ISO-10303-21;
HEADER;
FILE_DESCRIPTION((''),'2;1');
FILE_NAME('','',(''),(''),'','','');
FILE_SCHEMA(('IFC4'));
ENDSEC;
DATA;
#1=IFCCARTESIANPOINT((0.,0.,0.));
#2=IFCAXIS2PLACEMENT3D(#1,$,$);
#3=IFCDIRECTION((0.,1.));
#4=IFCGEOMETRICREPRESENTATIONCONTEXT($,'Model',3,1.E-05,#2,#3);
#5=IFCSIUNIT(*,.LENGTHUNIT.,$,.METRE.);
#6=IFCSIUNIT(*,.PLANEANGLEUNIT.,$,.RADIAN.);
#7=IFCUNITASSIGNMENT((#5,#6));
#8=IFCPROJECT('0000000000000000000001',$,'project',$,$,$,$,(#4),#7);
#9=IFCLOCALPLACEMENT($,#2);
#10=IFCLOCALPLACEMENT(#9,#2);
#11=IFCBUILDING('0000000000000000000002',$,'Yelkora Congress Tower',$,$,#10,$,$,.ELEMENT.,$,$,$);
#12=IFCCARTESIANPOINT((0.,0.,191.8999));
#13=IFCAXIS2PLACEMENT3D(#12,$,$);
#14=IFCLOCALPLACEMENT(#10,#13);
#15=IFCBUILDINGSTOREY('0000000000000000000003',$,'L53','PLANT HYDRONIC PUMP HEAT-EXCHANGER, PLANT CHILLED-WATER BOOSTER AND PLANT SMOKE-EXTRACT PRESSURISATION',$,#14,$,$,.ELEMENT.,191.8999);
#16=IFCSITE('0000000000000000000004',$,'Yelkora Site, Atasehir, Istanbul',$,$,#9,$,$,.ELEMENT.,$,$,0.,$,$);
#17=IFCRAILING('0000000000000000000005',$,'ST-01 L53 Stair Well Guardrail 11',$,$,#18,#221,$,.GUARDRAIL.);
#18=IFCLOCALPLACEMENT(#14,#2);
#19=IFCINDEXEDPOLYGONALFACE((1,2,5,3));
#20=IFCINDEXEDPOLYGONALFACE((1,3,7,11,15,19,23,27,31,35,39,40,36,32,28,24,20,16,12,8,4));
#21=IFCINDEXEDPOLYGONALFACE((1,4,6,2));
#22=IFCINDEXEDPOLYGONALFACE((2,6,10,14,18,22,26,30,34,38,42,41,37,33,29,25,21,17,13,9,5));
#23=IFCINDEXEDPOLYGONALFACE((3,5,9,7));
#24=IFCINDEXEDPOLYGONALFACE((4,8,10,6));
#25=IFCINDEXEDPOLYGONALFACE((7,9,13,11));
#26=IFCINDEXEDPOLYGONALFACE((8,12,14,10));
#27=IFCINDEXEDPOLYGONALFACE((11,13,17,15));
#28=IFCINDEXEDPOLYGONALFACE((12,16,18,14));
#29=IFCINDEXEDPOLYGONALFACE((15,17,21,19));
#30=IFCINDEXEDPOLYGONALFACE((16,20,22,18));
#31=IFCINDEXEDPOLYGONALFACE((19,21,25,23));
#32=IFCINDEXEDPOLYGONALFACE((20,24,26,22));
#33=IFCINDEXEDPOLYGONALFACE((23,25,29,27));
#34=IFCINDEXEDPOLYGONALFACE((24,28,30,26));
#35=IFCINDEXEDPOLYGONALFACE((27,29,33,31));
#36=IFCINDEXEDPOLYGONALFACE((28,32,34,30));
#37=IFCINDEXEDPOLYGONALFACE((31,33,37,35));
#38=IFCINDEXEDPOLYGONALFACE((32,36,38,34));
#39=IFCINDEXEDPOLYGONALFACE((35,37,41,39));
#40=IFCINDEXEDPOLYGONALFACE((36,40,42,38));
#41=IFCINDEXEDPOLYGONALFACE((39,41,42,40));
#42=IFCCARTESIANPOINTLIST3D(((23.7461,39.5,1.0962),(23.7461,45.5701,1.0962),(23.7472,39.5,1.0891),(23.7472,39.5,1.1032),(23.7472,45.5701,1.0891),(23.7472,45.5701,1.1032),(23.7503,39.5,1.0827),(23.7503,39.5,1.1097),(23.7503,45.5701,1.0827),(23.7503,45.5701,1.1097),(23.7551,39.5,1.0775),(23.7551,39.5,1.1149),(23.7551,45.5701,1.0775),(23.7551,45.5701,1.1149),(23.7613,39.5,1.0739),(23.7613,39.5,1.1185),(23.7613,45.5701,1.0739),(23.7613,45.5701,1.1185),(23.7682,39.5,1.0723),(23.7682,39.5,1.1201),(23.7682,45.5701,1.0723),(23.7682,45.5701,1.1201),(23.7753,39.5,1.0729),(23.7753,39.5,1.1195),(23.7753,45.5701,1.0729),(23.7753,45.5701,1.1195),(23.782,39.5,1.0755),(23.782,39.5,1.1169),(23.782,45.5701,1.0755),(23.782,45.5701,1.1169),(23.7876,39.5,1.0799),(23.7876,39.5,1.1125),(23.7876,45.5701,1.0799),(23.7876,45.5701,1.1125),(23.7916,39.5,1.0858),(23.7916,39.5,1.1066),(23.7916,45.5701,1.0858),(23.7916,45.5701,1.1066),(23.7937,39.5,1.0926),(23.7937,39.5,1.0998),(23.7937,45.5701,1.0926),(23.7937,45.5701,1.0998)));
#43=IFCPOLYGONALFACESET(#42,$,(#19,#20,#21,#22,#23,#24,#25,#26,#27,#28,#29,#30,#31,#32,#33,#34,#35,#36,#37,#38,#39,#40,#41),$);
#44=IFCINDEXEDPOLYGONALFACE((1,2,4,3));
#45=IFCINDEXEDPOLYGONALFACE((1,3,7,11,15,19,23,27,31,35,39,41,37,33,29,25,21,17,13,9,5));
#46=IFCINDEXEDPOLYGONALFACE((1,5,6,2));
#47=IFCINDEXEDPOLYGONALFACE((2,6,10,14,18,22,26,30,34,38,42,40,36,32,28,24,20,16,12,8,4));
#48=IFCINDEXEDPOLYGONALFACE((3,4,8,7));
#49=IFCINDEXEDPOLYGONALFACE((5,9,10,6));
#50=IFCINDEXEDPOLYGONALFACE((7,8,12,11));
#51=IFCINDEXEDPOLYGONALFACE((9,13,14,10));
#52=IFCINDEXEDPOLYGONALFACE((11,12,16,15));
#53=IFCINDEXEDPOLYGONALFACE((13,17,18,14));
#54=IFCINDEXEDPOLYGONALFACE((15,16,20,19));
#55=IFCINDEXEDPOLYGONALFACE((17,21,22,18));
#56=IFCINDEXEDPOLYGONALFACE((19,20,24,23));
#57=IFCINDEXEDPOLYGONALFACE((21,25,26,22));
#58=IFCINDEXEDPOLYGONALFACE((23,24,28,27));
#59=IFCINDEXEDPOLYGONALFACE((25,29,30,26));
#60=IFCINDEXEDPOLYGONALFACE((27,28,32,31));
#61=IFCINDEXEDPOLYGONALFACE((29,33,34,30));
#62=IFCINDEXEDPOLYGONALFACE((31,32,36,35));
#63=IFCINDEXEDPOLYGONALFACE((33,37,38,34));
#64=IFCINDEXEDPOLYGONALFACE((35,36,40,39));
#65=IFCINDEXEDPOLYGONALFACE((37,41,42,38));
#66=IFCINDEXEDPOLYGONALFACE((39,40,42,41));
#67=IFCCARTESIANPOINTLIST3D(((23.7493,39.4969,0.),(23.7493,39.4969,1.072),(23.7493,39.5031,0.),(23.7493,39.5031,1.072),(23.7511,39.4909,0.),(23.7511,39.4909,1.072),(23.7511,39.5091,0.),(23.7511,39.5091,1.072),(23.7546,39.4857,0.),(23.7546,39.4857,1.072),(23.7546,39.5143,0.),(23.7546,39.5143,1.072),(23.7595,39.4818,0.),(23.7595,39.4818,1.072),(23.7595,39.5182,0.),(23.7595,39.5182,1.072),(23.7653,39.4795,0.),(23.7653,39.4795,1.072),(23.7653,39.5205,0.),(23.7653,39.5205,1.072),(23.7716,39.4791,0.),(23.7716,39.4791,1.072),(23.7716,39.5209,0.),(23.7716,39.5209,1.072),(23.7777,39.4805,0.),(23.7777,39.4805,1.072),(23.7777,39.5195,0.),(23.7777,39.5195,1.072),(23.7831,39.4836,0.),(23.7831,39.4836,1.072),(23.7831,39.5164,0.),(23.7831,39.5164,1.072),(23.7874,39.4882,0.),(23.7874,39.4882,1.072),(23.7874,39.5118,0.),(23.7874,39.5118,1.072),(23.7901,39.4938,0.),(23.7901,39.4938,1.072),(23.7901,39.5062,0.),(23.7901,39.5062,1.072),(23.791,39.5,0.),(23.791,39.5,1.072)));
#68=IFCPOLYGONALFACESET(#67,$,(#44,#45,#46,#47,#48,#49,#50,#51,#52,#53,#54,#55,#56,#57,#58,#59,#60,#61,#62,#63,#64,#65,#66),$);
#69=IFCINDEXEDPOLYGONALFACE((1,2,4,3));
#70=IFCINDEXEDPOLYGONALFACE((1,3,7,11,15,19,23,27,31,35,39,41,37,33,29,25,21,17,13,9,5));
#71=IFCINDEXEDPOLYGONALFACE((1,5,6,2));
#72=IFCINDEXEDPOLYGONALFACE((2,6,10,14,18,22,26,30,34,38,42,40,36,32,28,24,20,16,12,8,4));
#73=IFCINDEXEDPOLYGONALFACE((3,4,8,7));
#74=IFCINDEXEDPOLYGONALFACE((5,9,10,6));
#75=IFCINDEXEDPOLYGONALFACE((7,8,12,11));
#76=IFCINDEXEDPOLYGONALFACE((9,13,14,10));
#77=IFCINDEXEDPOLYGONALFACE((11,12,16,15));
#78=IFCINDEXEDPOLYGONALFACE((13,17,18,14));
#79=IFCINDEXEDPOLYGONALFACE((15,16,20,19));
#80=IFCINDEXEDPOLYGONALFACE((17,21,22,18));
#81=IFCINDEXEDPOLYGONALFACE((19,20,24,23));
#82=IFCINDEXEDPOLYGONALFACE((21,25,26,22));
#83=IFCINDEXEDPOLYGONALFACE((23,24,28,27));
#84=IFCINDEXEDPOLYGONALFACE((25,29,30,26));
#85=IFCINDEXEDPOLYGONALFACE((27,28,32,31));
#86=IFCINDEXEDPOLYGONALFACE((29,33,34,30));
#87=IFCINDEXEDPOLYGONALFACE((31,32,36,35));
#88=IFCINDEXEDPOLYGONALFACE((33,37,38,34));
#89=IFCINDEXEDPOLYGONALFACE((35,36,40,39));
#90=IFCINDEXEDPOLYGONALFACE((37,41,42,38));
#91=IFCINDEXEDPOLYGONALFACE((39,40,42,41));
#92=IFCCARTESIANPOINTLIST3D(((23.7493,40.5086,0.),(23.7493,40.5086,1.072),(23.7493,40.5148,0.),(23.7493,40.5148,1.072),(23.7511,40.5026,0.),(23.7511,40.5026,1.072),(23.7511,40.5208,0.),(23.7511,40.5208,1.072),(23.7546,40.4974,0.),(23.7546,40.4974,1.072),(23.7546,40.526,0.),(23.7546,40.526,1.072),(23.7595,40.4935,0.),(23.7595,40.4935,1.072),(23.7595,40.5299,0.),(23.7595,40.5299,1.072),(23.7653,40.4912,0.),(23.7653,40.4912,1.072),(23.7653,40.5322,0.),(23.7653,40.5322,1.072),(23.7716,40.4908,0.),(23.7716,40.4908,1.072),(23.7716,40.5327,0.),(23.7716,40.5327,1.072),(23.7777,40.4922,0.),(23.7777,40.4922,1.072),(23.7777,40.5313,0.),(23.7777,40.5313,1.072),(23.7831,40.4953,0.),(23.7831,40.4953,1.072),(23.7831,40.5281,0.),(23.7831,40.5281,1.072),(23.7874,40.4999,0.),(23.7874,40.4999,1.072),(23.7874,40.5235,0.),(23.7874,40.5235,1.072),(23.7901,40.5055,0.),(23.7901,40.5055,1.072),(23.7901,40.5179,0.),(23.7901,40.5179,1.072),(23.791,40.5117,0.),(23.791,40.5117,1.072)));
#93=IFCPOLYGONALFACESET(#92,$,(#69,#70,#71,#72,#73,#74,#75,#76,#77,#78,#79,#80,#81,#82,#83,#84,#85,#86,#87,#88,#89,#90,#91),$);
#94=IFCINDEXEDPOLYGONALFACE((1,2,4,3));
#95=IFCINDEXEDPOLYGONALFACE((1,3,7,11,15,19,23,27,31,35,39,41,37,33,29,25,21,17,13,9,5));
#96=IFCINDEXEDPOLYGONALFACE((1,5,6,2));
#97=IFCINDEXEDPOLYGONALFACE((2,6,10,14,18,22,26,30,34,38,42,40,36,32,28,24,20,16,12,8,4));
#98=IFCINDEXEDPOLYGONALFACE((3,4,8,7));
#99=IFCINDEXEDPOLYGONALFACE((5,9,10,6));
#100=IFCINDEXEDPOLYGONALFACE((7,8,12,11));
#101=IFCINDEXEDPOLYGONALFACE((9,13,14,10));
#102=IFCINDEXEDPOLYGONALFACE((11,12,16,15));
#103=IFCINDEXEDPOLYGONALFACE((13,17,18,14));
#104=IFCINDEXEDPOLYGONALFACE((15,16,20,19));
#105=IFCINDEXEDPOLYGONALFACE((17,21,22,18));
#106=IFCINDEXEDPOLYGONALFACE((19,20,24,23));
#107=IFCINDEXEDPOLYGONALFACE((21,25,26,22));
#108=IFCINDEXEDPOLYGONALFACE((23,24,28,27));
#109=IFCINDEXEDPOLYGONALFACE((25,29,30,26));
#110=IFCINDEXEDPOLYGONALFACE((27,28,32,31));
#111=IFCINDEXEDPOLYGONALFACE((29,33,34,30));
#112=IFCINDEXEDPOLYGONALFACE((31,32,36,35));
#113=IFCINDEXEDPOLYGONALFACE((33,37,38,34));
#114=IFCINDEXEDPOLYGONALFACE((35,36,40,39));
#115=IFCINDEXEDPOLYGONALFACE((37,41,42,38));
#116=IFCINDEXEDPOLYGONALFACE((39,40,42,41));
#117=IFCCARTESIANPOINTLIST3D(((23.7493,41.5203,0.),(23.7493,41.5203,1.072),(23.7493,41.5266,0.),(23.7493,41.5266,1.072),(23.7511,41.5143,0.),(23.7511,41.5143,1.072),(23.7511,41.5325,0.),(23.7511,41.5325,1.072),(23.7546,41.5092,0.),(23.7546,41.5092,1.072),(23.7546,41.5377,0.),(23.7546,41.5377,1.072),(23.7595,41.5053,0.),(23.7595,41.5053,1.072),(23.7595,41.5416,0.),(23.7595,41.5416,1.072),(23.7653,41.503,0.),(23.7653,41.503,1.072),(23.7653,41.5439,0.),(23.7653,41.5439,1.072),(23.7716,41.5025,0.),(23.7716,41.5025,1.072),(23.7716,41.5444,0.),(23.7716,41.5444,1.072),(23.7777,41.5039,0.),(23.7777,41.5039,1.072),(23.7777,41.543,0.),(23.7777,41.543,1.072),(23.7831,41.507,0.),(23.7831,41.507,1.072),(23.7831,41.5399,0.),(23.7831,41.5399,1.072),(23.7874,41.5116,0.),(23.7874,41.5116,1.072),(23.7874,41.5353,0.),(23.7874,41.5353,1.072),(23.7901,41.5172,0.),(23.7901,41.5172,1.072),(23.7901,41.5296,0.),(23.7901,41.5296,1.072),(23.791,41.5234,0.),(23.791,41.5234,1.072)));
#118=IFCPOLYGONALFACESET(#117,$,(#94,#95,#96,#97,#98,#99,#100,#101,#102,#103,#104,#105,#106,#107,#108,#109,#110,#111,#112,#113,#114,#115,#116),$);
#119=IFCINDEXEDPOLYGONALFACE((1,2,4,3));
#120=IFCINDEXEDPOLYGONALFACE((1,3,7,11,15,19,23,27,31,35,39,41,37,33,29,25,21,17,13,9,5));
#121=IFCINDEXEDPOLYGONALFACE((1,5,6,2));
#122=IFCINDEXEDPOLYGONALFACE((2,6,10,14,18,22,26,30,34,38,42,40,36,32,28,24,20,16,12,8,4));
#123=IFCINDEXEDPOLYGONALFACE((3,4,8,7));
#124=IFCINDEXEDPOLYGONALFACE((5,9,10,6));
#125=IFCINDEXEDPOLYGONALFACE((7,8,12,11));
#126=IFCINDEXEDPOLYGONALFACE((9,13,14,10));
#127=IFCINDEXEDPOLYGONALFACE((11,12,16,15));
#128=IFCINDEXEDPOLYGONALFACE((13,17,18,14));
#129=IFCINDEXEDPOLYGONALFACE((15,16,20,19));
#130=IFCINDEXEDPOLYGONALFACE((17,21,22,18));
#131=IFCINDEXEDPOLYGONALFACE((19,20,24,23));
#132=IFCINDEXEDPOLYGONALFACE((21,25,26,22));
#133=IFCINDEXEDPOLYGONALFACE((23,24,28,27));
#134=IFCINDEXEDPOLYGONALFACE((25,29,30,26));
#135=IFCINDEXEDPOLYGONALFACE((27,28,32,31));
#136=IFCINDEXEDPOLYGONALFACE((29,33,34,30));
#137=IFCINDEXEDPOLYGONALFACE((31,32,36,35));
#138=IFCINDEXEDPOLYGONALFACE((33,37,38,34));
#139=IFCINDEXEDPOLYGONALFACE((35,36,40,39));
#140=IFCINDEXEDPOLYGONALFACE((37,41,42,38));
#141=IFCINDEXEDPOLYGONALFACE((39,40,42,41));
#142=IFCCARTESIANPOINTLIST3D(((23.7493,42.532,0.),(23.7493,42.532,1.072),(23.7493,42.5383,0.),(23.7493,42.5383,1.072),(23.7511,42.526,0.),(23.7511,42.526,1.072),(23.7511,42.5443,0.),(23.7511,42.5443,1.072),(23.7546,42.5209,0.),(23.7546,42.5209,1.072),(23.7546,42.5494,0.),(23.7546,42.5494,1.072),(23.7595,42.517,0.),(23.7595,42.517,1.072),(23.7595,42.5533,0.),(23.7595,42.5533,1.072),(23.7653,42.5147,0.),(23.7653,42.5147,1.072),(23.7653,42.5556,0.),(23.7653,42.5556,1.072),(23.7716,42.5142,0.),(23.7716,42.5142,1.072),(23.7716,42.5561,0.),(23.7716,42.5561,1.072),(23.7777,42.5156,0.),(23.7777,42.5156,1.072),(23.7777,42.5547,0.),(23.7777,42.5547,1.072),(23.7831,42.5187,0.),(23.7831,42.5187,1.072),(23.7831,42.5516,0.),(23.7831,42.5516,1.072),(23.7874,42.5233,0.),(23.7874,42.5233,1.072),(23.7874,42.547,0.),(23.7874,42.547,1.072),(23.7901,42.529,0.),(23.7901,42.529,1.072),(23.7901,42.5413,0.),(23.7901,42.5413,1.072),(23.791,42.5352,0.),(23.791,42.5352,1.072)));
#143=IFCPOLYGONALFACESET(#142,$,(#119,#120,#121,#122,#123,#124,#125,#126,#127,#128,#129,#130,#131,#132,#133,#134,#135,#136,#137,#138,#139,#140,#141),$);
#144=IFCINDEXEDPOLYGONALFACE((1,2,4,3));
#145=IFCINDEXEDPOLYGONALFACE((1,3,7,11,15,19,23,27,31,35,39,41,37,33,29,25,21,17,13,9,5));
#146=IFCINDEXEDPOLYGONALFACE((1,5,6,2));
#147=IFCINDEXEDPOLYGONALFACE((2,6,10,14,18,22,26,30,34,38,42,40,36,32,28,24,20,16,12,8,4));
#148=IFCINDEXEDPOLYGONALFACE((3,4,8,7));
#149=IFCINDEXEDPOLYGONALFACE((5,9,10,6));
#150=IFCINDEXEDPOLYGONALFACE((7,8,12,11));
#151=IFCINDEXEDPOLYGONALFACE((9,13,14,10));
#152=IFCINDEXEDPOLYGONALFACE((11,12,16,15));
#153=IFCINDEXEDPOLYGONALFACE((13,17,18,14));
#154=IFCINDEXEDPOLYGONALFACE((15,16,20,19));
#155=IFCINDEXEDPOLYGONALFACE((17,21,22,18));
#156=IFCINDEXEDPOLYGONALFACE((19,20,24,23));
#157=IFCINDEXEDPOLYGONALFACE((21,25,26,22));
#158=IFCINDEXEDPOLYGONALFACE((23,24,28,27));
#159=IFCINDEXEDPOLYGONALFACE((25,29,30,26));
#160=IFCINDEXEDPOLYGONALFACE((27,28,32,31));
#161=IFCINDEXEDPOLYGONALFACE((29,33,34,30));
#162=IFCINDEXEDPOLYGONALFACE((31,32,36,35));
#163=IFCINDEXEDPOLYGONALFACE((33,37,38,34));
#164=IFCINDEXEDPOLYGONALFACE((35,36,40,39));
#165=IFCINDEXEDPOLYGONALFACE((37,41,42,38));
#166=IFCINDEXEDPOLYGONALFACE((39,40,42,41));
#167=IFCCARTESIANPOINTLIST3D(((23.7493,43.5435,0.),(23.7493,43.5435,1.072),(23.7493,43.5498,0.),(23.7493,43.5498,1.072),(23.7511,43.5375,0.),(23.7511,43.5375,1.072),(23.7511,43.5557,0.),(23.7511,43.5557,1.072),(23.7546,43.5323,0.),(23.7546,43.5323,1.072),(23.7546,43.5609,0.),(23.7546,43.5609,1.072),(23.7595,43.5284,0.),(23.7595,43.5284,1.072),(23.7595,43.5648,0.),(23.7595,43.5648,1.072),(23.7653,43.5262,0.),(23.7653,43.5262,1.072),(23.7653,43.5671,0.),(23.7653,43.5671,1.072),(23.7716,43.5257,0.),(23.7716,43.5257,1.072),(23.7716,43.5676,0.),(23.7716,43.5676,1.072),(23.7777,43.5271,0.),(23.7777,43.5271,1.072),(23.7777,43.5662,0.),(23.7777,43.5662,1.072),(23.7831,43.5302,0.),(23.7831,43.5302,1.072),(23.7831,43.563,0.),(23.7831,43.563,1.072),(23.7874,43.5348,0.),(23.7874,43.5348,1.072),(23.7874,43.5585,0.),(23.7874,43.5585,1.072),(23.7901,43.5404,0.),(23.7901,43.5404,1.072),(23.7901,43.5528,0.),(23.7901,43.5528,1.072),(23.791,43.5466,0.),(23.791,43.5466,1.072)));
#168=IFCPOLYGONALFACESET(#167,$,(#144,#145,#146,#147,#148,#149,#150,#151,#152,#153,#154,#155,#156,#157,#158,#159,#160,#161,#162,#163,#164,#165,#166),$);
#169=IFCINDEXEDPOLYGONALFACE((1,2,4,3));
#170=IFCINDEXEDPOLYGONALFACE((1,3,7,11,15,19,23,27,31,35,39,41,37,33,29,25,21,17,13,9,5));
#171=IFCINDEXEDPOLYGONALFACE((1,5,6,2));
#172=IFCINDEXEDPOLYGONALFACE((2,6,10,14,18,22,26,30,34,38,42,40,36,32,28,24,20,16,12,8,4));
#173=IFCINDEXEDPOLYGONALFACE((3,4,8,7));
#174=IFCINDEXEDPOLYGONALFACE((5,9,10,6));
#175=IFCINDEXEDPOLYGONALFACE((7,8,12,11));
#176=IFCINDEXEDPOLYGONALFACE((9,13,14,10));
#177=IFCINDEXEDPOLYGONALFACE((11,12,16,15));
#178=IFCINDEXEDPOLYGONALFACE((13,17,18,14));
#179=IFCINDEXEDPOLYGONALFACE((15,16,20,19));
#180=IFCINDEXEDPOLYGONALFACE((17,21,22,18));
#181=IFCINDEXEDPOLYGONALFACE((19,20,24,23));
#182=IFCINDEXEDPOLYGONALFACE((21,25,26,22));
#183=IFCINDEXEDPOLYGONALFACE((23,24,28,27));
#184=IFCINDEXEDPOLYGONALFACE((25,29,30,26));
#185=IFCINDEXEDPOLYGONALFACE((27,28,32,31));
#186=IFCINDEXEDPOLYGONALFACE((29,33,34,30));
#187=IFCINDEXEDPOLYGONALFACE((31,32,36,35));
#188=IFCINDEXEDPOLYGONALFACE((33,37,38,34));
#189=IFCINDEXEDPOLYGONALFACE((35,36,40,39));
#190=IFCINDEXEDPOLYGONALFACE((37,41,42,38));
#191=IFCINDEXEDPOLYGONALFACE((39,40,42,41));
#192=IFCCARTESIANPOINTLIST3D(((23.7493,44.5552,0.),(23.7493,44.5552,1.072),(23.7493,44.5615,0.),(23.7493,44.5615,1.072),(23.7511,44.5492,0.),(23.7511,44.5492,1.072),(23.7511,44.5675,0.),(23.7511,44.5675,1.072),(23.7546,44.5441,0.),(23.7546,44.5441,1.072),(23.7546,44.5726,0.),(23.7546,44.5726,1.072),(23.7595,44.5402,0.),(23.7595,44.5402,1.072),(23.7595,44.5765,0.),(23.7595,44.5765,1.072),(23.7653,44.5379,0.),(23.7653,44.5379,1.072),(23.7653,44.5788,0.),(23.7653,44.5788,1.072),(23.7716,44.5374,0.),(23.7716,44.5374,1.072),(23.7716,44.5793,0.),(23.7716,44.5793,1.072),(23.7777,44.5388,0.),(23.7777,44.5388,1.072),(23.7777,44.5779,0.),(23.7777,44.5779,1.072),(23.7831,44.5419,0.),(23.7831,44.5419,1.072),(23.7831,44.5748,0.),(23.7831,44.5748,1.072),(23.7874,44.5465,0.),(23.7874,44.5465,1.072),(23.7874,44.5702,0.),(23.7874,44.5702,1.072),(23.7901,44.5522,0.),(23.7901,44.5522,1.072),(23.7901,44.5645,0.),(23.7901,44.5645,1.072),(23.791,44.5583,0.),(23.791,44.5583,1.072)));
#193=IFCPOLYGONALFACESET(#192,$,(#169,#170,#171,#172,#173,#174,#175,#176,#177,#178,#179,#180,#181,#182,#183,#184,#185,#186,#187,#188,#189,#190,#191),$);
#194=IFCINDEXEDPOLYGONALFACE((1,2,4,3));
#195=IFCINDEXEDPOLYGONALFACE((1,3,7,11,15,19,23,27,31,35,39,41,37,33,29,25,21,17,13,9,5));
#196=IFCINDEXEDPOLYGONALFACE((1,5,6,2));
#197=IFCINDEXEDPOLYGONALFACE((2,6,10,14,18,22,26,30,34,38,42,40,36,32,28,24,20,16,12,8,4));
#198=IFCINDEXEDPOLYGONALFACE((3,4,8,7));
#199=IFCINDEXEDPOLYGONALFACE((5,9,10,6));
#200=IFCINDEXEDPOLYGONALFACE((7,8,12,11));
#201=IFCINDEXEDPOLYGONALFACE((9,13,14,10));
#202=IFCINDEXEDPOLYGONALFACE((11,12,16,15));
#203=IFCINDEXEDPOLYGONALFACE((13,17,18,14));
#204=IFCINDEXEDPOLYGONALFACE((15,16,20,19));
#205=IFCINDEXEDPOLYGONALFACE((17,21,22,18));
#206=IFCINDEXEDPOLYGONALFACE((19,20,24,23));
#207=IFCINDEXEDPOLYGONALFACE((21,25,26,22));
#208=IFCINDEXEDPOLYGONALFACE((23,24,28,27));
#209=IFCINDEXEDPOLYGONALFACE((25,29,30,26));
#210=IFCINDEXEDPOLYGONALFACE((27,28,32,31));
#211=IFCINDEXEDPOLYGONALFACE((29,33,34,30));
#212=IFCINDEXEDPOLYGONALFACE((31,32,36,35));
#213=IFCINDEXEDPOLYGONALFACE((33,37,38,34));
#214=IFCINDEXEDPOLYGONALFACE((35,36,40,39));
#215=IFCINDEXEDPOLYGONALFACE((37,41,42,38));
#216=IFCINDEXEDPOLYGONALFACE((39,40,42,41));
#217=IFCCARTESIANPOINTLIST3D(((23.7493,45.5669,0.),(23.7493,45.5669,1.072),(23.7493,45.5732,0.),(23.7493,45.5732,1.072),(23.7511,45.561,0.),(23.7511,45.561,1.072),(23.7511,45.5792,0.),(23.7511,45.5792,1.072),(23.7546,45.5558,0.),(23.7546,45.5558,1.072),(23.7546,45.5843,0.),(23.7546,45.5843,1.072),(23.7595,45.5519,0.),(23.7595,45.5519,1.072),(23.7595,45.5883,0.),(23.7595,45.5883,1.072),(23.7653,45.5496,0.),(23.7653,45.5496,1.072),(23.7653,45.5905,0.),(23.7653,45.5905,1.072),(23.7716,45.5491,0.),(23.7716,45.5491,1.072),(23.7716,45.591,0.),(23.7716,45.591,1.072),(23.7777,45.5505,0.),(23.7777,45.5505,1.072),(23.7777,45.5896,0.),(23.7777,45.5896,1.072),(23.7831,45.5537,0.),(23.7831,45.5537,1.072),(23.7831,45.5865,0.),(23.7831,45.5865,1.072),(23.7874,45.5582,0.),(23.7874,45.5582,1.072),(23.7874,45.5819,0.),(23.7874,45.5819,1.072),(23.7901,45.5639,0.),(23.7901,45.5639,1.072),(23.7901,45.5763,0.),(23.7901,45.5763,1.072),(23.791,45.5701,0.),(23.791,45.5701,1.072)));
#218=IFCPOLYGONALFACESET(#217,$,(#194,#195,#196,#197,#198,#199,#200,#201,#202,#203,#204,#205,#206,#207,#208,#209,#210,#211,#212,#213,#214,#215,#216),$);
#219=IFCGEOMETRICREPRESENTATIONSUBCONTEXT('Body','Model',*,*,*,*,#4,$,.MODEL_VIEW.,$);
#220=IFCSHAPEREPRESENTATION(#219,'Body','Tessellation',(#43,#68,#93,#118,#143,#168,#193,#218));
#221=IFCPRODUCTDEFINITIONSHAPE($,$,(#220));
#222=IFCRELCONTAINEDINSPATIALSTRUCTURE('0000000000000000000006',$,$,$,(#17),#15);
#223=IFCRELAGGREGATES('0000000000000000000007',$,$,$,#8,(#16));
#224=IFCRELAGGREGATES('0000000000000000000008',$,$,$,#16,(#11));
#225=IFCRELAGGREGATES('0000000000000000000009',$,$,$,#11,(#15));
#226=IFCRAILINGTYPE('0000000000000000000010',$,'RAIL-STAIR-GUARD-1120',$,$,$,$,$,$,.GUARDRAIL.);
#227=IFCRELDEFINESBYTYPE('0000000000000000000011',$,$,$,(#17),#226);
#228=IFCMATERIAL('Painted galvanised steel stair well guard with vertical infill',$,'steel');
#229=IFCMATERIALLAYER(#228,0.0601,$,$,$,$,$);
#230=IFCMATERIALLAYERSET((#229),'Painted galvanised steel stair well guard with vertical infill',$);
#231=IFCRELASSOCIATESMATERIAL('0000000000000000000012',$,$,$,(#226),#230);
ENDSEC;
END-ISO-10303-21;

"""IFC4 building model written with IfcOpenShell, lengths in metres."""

from ifc_helpers import new_model, si_unit, direction, frame, origin, origin_2d, place, context, subcontext, project, spatial, circle, extrude, material, layer, layer_set, type_object, element, save


model = new_model("IFC4")

# Units and contexts
model_context = context("Model", 3, precision=1e-05, world=origin(), true_north=direction((0.0, 1.0)))
body_context = subcontext(model_context, "Body", "Model", "MODEL_VIEW")
ifc_project = project(units=[si_unit("LENGTHUNIT", "METRE"), si_unit("PLANEANGLEUNIT", "RADIAN")], contexts=[model_context])

# Site, building, storey
site_placement = place(None, origin())
site = spatial("IfcSite", under=ifc_project, at=site_placement, Name="Yelkora Site, Atasehir, Istanbul", CompositionType="ELEMENT", RefElevation=0.0)
building_placement = place(site_placement, origin())
building = spatial("IfcBuilding", under=site, at=building_placement, Name="Yelkora Congress Tower", CompositionType="ELEMENT")
storey_placement = place(building_placement, frame((0.0, 0.0, 191.8999)))
storey = spatial("IfcBuildingStorey", under=building, at=storey_placement, Name="L53", Description="PLANT HYDRONIC PUMP HEAT-EXCHANGER, PLANT CHILLED-WATER BOOSTER AND PLANT SMOKE-EXTRACT PRESSURISATION", CompositionType="ELEMENT", Elevation=191.8999)

# Railing
ifc_material_1 = material(Name="Painted galvanised steel stair well guard with vertical infill", Category="steel")
ifc_layer_1 = layer(ifc_material_1, 0.0601)
ifc_layer_set_1 = layer_set([ifc_layer_1], Name="Painted galvanised steel stair well guard with vertical infill")
railing_type_1 = type_object("IfcRailingType", Name="RAIL-STAIR-GUARD-1120", PredefinedType="GUARDRAIL", material=ifc_layer_set_1)
railing_1_placement = place(storey_placement, frame((23.77, 39.5, 0.0)))
element("IfcRailing", 1, at=railing_1_placement, inside=storey, type_object=railing_type_1, Name="ST-01 L53 Stair Well Guardrail 11", PredefinedType="GUARDRAIL", context=body_context, shape_type="SweptSolid", body=[
    extrude(circle(Radius=0.0239, at=origin_2d()), frame((0.0, 0.0, 1.0962), z_axis=(0.0, 1.0, 0.0), x_axis=(-1.0, 0.0, 0.0)), (0.0, 0.0, 1.0), 6.0701),
    extrude(circle(Radius=0.021, at=origin_2d()), origin(), (0.0, 0.0, 1.0), 1.072),
    extrude(circle(Radius=0.021, at=origin_2d()), frame((0.0, 1.0117, 0.0)), (0.0, 0.0, 1.0), 1.072),
    extrude(circle(Radius=0.021, at=origin_2d()), frame((0.0, 2.0234, 0.0)), (0.0, 0.0, 1.0), 1.072),
    extrude(circle(Radius=0.021, at=origin_2d()), frame((0.0, 3.0352, 0.0)), (0.0, 0.0, 1.0), 1.072),
    extrude(circle(Radius=0.021, at=origin_2d()), frame((0.0, 4.0466, 0.0)), (0.0, 0.0, 1.0), 1.072),
    extrude(circle(Radius=0.021, at=origin_2d()), frame((0.0, 5.0583, 0.0)), (0.0, 0.0, 1.0), 1.072),
    extrude(circle(Radius=0.021, at=origin_2d()), frame((0.0, 6.0701, 0.0)), (0.0, 0.0, 1.0), 1.072),
])

save(model, "model.ifc")
